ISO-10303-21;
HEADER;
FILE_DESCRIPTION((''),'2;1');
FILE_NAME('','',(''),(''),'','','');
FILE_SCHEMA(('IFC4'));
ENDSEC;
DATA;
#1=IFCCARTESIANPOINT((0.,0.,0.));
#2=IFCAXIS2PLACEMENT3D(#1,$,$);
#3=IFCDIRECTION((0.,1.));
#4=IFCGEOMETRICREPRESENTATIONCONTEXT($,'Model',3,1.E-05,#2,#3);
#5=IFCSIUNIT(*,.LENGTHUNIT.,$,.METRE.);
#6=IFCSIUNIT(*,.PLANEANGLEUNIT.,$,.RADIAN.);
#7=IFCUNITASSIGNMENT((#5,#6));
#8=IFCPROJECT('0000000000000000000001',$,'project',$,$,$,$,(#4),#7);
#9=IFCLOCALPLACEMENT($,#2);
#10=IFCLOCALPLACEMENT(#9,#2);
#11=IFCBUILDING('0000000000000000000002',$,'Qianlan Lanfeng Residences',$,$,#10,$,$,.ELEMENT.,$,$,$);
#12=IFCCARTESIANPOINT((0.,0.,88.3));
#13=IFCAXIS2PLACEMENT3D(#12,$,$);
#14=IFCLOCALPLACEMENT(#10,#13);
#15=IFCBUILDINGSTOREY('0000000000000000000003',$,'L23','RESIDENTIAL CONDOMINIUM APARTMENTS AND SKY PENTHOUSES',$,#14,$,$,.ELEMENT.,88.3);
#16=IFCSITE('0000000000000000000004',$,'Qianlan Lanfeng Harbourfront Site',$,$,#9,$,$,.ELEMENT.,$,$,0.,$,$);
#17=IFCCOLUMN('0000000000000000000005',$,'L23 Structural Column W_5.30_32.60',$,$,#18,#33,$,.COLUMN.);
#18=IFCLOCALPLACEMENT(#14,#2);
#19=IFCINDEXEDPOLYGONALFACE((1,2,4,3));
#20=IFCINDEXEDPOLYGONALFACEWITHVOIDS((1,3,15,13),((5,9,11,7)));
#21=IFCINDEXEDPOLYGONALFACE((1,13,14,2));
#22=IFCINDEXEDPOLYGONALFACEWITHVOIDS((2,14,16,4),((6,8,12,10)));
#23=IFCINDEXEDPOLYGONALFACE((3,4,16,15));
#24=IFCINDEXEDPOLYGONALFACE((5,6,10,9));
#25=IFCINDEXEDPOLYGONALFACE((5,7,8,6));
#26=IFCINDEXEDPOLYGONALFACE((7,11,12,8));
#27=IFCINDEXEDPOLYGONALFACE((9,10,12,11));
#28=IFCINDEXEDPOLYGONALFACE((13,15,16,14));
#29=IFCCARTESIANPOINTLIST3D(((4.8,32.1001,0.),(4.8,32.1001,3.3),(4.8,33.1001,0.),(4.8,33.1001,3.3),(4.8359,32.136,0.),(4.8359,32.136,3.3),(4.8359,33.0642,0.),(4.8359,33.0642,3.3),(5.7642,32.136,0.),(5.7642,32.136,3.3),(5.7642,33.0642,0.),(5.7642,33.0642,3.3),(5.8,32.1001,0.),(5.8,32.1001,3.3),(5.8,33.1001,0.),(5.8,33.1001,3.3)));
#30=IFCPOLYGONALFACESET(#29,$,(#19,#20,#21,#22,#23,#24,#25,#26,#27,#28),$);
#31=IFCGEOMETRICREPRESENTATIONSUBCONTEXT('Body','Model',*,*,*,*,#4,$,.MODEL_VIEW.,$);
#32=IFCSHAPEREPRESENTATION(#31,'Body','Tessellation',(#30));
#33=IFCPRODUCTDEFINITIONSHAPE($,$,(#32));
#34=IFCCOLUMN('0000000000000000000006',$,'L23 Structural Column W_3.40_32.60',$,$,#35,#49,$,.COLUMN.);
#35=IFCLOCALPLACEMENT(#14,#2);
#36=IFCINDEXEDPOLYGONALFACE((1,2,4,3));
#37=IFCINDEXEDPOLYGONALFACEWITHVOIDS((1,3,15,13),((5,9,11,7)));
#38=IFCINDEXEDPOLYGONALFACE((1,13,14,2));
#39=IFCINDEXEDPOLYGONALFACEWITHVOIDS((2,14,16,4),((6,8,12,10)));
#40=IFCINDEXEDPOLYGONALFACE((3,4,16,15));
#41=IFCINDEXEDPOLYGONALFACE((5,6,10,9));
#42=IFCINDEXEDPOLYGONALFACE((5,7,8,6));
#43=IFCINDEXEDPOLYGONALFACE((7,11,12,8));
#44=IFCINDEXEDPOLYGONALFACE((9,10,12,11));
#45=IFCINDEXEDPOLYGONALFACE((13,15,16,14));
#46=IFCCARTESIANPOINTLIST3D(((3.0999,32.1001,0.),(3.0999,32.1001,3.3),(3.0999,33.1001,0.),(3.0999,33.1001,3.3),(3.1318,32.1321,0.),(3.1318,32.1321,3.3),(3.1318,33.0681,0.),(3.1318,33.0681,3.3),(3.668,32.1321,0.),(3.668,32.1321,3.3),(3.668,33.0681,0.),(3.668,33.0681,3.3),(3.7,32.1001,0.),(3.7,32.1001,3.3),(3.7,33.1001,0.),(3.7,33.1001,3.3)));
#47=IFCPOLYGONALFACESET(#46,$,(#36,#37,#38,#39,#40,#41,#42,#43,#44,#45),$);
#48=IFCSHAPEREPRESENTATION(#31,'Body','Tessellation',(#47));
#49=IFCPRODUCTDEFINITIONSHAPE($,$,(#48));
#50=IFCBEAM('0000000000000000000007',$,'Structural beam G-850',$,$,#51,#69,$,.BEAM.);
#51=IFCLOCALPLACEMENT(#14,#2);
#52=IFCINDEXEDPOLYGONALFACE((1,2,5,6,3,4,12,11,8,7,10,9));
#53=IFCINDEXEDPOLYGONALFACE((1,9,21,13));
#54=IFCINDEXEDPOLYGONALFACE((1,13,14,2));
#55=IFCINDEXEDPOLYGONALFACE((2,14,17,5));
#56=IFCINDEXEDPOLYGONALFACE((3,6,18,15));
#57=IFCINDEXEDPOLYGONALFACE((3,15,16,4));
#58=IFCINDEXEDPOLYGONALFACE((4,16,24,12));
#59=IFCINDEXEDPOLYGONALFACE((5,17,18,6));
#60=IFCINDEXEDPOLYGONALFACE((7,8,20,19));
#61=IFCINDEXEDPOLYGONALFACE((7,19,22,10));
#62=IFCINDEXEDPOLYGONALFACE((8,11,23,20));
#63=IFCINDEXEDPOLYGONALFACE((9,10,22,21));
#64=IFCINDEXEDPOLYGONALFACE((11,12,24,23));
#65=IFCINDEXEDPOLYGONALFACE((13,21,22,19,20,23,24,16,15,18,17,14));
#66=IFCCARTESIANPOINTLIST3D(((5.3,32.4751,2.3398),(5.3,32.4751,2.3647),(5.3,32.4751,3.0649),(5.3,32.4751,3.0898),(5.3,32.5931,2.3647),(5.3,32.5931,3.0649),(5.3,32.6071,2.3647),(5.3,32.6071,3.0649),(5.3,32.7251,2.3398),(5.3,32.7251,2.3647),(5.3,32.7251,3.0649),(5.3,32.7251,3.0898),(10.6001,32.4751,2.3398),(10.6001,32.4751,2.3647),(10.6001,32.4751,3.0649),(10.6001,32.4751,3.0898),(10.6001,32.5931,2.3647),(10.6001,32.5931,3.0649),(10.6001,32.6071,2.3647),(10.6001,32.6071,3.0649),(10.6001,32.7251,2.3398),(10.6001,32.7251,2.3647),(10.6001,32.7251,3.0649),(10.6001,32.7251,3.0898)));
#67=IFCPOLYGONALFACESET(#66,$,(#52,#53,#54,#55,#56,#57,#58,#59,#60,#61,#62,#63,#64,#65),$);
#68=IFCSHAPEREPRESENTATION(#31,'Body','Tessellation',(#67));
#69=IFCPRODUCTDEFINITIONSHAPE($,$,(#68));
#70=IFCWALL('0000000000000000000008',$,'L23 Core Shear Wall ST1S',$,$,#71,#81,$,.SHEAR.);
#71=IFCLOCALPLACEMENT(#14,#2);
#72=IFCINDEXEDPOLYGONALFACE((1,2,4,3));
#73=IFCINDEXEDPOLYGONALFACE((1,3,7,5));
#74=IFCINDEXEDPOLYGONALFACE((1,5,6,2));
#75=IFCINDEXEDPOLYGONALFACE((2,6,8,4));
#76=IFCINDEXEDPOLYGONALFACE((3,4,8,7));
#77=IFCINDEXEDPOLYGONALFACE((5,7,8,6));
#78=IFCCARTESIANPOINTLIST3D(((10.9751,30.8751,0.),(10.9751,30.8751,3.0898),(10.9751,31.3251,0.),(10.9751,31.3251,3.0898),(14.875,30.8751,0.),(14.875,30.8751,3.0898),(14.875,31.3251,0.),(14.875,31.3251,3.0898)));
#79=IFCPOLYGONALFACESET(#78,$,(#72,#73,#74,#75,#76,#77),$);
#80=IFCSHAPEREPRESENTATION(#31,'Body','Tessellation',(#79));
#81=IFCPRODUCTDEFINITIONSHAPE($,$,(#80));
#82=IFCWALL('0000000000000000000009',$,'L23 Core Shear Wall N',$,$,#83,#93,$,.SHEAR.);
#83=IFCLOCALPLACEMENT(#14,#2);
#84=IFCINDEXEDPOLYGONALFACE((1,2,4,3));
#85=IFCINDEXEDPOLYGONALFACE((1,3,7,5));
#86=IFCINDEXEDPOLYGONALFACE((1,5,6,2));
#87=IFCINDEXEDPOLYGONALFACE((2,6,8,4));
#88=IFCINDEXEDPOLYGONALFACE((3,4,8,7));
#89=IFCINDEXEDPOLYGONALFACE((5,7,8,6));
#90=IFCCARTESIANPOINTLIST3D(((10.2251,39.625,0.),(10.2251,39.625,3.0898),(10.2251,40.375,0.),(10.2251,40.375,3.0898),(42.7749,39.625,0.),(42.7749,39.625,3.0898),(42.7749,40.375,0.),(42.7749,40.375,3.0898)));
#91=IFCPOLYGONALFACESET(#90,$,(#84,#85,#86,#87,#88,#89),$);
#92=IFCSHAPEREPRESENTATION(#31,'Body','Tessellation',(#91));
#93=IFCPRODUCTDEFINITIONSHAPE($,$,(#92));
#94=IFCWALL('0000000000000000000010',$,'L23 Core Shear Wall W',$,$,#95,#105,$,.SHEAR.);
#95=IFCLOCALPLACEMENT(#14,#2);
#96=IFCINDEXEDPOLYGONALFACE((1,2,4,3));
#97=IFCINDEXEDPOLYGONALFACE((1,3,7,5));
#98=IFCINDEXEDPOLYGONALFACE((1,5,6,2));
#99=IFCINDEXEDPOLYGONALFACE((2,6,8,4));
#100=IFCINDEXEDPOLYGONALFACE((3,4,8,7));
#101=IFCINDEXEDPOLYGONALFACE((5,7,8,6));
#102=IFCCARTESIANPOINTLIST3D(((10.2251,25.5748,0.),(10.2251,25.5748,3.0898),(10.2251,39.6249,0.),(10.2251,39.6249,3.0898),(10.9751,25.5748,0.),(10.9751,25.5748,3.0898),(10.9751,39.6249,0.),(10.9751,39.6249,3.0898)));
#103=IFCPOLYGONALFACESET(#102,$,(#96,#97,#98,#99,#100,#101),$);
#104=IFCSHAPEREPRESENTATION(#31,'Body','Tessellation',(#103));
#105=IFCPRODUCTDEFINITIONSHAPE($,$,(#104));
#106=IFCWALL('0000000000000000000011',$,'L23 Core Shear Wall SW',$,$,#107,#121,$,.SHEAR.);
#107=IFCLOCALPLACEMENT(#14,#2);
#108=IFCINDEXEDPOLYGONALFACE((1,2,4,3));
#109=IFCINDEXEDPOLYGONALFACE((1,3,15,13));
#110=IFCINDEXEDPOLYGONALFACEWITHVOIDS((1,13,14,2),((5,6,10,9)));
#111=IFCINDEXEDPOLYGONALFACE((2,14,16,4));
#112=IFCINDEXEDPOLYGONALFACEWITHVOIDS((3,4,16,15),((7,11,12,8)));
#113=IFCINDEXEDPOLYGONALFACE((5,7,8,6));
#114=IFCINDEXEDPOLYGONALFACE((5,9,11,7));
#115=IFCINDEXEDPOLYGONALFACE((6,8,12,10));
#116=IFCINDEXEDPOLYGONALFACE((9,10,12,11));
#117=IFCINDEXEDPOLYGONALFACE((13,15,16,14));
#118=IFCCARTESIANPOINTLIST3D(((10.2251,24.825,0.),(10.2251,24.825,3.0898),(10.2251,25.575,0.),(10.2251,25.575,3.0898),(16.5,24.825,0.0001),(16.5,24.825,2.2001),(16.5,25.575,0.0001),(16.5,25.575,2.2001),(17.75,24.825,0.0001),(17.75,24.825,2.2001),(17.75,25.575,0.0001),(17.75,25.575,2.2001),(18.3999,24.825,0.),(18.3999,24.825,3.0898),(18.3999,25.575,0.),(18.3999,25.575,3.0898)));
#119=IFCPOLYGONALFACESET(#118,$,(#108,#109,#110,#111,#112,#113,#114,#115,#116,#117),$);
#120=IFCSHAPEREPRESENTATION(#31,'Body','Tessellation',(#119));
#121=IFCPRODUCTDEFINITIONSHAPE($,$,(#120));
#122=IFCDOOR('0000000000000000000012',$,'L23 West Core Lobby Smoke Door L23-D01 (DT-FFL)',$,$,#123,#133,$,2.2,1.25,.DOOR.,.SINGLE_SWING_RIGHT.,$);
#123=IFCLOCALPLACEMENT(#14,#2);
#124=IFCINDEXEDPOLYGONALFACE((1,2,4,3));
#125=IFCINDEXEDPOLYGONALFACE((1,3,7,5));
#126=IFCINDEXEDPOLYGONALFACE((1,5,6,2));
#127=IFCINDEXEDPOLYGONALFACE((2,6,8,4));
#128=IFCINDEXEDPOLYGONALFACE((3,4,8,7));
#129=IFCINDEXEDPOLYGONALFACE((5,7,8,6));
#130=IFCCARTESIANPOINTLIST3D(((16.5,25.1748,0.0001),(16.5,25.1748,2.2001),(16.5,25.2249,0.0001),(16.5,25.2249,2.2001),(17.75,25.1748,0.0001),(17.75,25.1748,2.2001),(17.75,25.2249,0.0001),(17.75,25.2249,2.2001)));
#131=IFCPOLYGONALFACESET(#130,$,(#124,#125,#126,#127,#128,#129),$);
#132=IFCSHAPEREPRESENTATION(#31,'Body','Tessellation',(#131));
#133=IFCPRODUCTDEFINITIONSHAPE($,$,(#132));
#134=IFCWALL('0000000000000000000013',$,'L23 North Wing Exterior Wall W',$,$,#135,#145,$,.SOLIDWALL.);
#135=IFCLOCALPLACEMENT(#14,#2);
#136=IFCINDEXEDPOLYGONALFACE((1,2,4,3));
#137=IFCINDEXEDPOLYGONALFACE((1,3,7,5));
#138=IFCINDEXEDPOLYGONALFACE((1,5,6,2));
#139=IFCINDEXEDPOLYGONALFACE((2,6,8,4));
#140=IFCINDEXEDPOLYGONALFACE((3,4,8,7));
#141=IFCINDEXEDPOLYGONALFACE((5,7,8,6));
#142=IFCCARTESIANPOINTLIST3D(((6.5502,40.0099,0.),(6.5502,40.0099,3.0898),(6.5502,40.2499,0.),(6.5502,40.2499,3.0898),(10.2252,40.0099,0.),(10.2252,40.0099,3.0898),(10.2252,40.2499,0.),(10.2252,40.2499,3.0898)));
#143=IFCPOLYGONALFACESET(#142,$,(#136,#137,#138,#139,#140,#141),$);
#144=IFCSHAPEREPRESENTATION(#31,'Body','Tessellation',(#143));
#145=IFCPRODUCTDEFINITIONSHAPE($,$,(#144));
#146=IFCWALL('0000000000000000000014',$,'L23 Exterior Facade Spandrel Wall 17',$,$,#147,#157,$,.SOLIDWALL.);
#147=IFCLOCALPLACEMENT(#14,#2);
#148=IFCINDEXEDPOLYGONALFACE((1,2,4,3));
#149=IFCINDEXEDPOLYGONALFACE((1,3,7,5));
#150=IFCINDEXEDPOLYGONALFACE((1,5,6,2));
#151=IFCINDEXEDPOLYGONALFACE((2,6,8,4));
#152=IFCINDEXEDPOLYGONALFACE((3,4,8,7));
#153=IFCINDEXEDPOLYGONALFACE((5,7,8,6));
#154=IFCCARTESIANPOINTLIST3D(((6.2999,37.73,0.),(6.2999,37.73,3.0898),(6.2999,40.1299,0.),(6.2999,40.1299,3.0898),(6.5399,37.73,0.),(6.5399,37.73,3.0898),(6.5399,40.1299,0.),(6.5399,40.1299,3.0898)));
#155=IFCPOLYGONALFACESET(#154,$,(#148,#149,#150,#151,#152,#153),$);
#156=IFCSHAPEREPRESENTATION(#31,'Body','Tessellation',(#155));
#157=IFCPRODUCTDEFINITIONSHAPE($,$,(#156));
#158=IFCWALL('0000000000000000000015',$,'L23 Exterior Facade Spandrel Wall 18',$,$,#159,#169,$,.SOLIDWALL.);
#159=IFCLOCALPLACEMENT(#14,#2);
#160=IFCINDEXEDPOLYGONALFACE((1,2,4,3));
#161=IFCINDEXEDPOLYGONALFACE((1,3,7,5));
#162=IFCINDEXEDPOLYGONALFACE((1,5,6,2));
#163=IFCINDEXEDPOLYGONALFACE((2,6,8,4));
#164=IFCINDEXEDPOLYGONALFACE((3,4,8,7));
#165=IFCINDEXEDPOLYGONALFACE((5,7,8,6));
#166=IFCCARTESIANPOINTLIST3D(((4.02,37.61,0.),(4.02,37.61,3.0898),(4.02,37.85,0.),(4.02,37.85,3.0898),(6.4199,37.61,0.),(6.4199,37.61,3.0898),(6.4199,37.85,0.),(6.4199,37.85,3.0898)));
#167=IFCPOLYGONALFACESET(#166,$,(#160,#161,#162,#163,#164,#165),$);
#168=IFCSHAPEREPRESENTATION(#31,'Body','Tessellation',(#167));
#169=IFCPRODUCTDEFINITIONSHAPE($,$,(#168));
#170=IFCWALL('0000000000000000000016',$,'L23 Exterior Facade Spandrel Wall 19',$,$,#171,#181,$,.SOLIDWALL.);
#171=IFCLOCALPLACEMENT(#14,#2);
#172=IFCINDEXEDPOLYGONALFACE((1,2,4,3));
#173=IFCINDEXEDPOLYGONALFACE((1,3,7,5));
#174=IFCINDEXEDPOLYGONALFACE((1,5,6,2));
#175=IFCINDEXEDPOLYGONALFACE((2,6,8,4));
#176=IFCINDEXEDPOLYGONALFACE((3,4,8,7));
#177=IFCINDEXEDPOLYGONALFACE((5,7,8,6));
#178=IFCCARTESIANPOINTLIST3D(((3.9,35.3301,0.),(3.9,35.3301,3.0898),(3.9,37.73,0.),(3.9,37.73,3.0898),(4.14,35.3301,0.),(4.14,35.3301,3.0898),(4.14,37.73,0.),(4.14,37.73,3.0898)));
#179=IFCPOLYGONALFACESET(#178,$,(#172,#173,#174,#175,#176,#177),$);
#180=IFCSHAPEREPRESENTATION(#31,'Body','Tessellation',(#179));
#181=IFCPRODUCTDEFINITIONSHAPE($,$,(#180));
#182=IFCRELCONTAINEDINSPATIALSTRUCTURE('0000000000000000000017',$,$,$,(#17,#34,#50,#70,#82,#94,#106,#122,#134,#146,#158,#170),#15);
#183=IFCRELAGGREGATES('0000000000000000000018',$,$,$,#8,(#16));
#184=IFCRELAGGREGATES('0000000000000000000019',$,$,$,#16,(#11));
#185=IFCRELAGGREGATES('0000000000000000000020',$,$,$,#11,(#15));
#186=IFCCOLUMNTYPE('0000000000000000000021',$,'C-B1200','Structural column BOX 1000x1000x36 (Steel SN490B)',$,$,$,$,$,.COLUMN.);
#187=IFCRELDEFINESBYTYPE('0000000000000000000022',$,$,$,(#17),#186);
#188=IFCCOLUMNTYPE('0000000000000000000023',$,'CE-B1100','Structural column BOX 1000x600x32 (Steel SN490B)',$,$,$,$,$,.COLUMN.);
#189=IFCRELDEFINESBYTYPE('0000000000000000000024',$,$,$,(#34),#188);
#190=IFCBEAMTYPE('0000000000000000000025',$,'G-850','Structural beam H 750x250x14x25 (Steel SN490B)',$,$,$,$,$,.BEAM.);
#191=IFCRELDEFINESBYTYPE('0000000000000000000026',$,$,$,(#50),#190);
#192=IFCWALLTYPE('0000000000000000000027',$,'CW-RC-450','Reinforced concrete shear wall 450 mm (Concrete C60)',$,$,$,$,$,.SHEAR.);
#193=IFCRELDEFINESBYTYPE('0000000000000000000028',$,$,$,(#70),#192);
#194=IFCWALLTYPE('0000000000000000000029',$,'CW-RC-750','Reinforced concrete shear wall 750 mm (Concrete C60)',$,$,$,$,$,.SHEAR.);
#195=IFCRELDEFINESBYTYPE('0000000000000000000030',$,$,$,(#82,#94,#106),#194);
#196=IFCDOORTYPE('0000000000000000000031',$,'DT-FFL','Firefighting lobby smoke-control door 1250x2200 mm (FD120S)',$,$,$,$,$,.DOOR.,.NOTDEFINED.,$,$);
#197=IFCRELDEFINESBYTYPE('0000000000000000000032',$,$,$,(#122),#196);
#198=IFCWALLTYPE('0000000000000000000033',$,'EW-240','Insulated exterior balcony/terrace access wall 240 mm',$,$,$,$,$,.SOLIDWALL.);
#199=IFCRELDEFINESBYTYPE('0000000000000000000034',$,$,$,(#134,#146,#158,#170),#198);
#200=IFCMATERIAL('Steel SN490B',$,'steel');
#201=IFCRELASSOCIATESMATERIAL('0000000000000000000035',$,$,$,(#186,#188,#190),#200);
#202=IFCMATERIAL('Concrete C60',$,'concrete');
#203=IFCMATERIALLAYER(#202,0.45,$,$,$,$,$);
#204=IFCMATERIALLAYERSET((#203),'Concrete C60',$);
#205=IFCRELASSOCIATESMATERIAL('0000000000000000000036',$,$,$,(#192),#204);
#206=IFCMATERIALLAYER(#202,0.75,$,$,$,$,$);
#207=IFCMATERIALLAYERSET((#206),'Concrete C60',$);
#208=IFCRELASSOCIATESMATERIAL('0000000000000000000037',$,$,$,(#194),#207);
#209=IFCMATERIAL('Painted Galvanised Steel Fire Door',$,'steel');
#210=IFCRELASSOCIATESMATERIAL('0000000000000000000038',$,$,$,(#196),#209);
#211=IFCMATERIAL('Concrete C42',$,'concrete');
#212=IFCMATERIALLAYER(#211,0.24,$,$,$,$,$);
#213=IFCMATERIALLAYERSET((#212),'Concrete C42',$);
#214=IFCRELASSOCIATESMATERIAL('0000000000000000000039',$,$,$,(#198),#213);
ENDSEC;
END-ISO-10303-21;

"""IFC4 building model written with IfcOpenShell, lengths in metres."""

from ifc_helpers import new_model, si_unit, direction, frame, frame_2d, origin, origin_2d, place, context, subcontext, project, spatial, rectangle, hollow_rectangle, i_section, extrude, material, layer, layer_set, material_profile, profile_set, type_object, element, fill, save


model = new_model("IFC4")

# Units and contexts
model_context = context("Model", 3, precision=1e-05, world=origin(), true_north=direction((0.0, 1.0)))
body_context = subcontext(model_context, "Body", "Model", "MODEL_VIEW")
ifc_project = project(units=[si_unit("LENGTHUNIT", "METRE"), si_unit("PLANEANGLEUNIT", "RADIAN")], contexts=[model_context])

# Site, building, storey
site_placement = place(None, origin())
site = spatial("IfcSite", under=ifc_project, at=site_placement, Name="Qianlan Lanfeng Harbourfront Site", CompositionType="ELEMENT", RefElevation=0.0)
building_placement = place(site_placement, origin())
building = spatial("IfcBuilding", under=site, at=building_placement, Name="Qianlan Lanfeng Residences", CompositionType="ELEMENT")
storey_placement = place(building_placement, frame((0.0, 0.0, 88.3)))
storey = spatial("IfcBuildingStorey", under=building, at=storey_placement, Name="L23", Description="RESIDENTIAL CONDOMINIUM APARTMENTS AND SKY PENTHOUSES", CompositionType="ELEMENT", Elevation=88.3)

# Columns
ifc_material_1 = material(Name="Steel SN490B", Category="steel")
ifc_material_profile_1 = material_profile(ifc_material_1, hollow_rectangle(XDim=1.0, YDim=1.0, WallThickness=0.0359, at=origin_2d()), Name="BOX 1000x1000x36")
ifc_profile_set_1 = profile_set([ifc_material_profile_1], Name="Steel SN490B")
column_type_1 = type_object("IfcColumnType", Name="C-B1200", Description="Structural column BOX 1000x1000x36 (Steel SN490B)", PredefinedType="COLUMN", material=ifc_profile_set_1)
column_1_placement = place(storey_placement, frame((5.3, 32.6001, 0.0), z_axis=(0.0, 0.0, 1.0), x_axis=(1.0, 0.0, 0.0)))
element("IfcColumn", 1, at=column_1_placement, inside=storey, type_object=column_type_1, Name="L23 Structural Column W_5.30_32.60", PredefinedType="COLUMN", context=body_context, shape_type="SweptSolid", body=[
    extrude(hollow_rectangle(XDim=1.0, YDim=1.0, WallThickness=0.0359, at=origin_2d()), origin(), (0.0, 0.0, 1.0), 3.3),
])
ifc_material_profile_2 = material_profile(ifc_material_1, hollow_rectangle(XDim=0.6001, YDim=1.0, WallThickness=0.032, at=origin_2d()), Name="BOX 1000x600x32")
ifc_profile_set_2 = profile_set([ifc_material_profile_2], Name="Steel SN490B")
column_type_2 = type_object("IfcColumnType", Name="CE-B1100", Description="Structural column BOX 1000x600x32 (Steel SN490B)", PredefinedType="COLUMN", material=ifc_profile_set_2)
column_2_placement = place(storey_placement, frame((3.3999, 32.6001, 0.0), z_axis=(0.0, 0.0, 1.0), x_axis=(1.0, 0.0, 0.0)))
element("IfcColumn", 2, at=column_2_placement, inside=storey, type_object=column_type_2, Name="L23 Structural Column W_3.40_32.60", PredefinedType="COLUMN", context=body_context, shape_type="SweptSolid", body=[
    extrude(hollow_rectangle(XDim=0.6001, YDim=1.0, WallThickness=0.032, at=origin_2d()), origin(), (0.0, 0.0, 1.0), 3.3),
])

# Beam
ifc_material_profile_3 = material_profile(ifc_material_1, i_section(OverallWidth=0.25, OverallDepth=0.75, WebThickness=0.0139, FlangeThickness=0.0249, at=origin_2d()), Name="H 750x250x14x25")
ifc_profile_set_3 = profile_set([ifc_material_profile_3], Name="Steel SN490B")
beam_type = type_object("IfcBeamType", Name="G-850", Description="Structural beam H 750x250x14x25 (Steel SN490B)", PredefinedType="BEAM", material=ifc_profile_set_3)
beam_placement = place(storey_placement, frame((5.3, 32.6001, 2.7148), z_axis=(1.0, 0.0, 0.0), x_axis=(0.0, 1.0, 0.0)))
element("IfcBeam", 3, at=beam_placement, inside=storey, type_object=beam_type, Name="Structural beam G-850", PredefinedType="BEAM", context=body_context, shape_type="SweptSolid", body=[
    extrude(i_section(OverallWidth=0.25, OverallDepth=0.75, WebThickness=0.0139, FlangeThickness=0.0249, at=origin_2d()), origin(), (0.0, 0.0, 1.0), 5.3),
])

# Walls
ifc_material_2 = material(Name="Concrete C60", Category="concrete")
ifc_layer_1 = layer(ifc_material_2, 0.45)
ifc_layer_set_1 = layer_set([ifc_layer_1], Name="Concrete C60")
wall_type_1 = type_object("IfcWallType", Name="CW-RC-450", Description="Reinforced concrete shear wall 450 mm (Concrete C60)", PredefinedType="SHEAR", material=ifc_layer_set_1)
wall_1_placement = place(storey_placement, frame((10.9751, 31.1001, 0.0), z_axis=(0.0, 0.0, 1.0), x_axis=(1.0, 0.0, 0.0)))
element("IfcWall", 4, at=wall_1_placement, inside=storey, type_object=wall_type_1, Name="L23 Core Shear Wall ST1S", PredefinedType="SHEAR", context=body_context, shape_type="SweptSolid", body=[
    extrude(rectangle(XDim=3.8999, YDim=0.45, at=frame_2d((1.95, 0.0))), origin(), (0.0, 0.0, 1.0), 3.0898),
])
ifc_layer_2 = layer(ifc_material_2, 0.75)
ifc_layer_set_2 = layer_set([ifc_layer_2], Name="Concrete C60")
wall_type_2 = type_object("IfcWallType", Name="CW-RC-750", Description="Reinforced concrete shear wall 750 mm (Concrete C60)", PredefinedType="SHEAR", material=ifc_layer_set_2)
wall_2_placement = place(storey_placement, frame((10.2251, 40.0, 0.0), z_axis=(0.0, 0.0, 1.0), x_axis=(1.0, 0.0, 0.0)))
element("IfcWall", 5, at=wall_2_placement, inside=storey, type_object=wall_type_2, Name="L23 Core Shear Wall N", PredefinedType="SHEAR", context=body_context, shape_type="SweptSolid", body=[
    extrude(rectangle(XDim=32.5498, YDim=0.75, at=frame_2d((16.2749, 0.0))), origin(), (0.0, 0.0, 1.0), 3.0898),
])
wall_3_placement = place(storey_placement, frame((10.6001, 25.575, 0.0), z_axis=(0.0, 0.0, 1.0), x_axis=(0.0, 1.0, 0.0)))
element("IfcWall", 6, at=wall_3_placement, inside=storey, type_object=wall_type_2, Name="L23 Core Shear Wall W", PredefinedType="SHEAR", context=body_context, shape_type="SweptSolid", body=[
    extrude(rectangle(XDim=14.05, YDim=0.75, at=frame_2d((7.0249, 0.0))), origin(), (0.0, 0.0, 1.0), 3.0898),
])

# Wall, opening, door
wall_4_placement = place(storey_placement, frame((10.2251, 25.2, 0.0), z_axis=(0.0, 0.0, 1.0), x_axis=(1.0, 0.0, 0.0)))
wall_4 = element("IfcWall", 7, at=wall_4_placement, inside=storey, type_object=wall_type_2, Name="L23 Core Shear Wall SW", PredefinedType="SHEAR", context=body_context, shape_type="SweptSolid", body=[
    extrude(rectangle(XDim=8.1748, YDim=0.75, at=frame_2d((4.0874, 0.0))), origin(), (0.0, 0.0, 1.0), 3.0898),
])
opening_1_placement = place(wall_4_placement, frame((6.2749, 0.0, 0.0)))
opening_1 = element("IfcOpeningElement", 8, at=opening_1_placement, cuts=wall_4, PredefinedType="OPENING", context=body_context, shape_type="SweptSolid", body=[
    extrude(rectangle(XDim=1.25, YDim=2.2, at=frame_2d((0.625, 1.1001))), frame((0.0, 0.385, 0.0), z_axis=(0.0, -1.0, 0.0), x_axis=(1.0, 0.0, 0.0)), (0.0, 0.0, 1.0), 0.77),
])
ifc_material_3 = material(Name="Painted Galvanised Steel Fire Door", Category="steel")
door_type_1 = type_object("IfcDoorType", Name="DT-FFL", Description="Firefighting lobby smoke-control door 1250x2200 mm (FD120S)", OperationType="NOTDEFINED", PredefinedType="DOOR", material=ifc_material_3)
door_1_placement = place(opening_1_placement, origin())
door_1 = element("IfcDoor", 9, at=door_1_placement, inside=storey, type_object=door_type_1, Name="L23 West Core Lobby Smoke Door L23-D01 (DT-FFL)", OperationType="SINGLE_SWING_RIGHT", OverallHeight=2.2, OverallWidth=1.25, PredefinedType="DOOR", context=body_context, shape_type="SweptSolid", body=[
    extrude(rectangle(XDim=1.25, YDim=2.2, at=frame_2d((0.625, 1.1001))), frame((0.0, 0.0249, 0.0), z_axis=(0.0, -1.0, 0.0), x_axis=(1.0, 0.0, 0.0)), (0.0, 0.0, 1.0), 0.05),
])
fill(opening_1, door_1)

# Walls
ifc_material_4 = material(Name="Concrete C42", Category="concrete")
ifc_layer_3 = layer(ifc_material_4, 0.24)
ifc_layer_set_3 = layer_set([ifc_layer_3], Name="Concrete C42")
wall_type_3 = type_object("IfcWallType", Name="EW-240", Description="Insulated exterior balcony/terrace access wall 240 mm", PredefinedType="SOLIDWALL", material=ifc_layer_set_3)
wall_5_placement = place(storey_placement, frame((10.2251, 40.1299, 0.0), z_axis=(0.0, 0.0, 1.0), x_axis=(-1.0, 0.0, 0.0)))
element("IfcWall", 10, at=wall_5_placement, inside=storey, type_object=wall_type_3, Name="L23 North Wing Exterior Wall W", PredefinedType="SOLIDWALL", context=body_context, shape_type="SweptSolid", body=[
    extrude(rectangle(XDim=3.675, YDim=0.24, at=frame_2d((1.8374, 0.0))), origin(), (0.0, 0.0, 1.0), 3.0898),
])
for number, where, z_axis, x_axis, name in (
    (11, (6.4199, 40.1299, 0.0), (0.0, 0.0, 1.0), (0.0, -1.0, 0.0), "L23 Exterior Facade Spandrel Wall 17"),
    (12, (6.4199, 37.73, 0.0), (0.0, 0.0, 1.0), (-1.0, 0.0, 0.0), "L23 Exterior Facade Spandrel Wall 18"),
    (13, (4.02, 37.73, 0.0), (0.0, 0.0, 1.0), (0.0, -1.0, 0.0), "L23 Exterior Facade Spandrel Wall 19"),
):
    element("IfcWall", number, at=place(storey_placement, frame(where, z_axis=z_axis, x_axis=x_axis)), inside=storey, type_object=wall_type_3, Name=name, PredefinedType="SOLIDWALL", context=body_context, shape_type="SweptSolid", body=[
        extrude(rectangle(XDim=2.3999, YDim=0.24, at=frame_2d((1.2, 0.0))), origin(), (0.0, 0.0, 1.0), 3.0898),
    ])

save(model, "model.ifc")
